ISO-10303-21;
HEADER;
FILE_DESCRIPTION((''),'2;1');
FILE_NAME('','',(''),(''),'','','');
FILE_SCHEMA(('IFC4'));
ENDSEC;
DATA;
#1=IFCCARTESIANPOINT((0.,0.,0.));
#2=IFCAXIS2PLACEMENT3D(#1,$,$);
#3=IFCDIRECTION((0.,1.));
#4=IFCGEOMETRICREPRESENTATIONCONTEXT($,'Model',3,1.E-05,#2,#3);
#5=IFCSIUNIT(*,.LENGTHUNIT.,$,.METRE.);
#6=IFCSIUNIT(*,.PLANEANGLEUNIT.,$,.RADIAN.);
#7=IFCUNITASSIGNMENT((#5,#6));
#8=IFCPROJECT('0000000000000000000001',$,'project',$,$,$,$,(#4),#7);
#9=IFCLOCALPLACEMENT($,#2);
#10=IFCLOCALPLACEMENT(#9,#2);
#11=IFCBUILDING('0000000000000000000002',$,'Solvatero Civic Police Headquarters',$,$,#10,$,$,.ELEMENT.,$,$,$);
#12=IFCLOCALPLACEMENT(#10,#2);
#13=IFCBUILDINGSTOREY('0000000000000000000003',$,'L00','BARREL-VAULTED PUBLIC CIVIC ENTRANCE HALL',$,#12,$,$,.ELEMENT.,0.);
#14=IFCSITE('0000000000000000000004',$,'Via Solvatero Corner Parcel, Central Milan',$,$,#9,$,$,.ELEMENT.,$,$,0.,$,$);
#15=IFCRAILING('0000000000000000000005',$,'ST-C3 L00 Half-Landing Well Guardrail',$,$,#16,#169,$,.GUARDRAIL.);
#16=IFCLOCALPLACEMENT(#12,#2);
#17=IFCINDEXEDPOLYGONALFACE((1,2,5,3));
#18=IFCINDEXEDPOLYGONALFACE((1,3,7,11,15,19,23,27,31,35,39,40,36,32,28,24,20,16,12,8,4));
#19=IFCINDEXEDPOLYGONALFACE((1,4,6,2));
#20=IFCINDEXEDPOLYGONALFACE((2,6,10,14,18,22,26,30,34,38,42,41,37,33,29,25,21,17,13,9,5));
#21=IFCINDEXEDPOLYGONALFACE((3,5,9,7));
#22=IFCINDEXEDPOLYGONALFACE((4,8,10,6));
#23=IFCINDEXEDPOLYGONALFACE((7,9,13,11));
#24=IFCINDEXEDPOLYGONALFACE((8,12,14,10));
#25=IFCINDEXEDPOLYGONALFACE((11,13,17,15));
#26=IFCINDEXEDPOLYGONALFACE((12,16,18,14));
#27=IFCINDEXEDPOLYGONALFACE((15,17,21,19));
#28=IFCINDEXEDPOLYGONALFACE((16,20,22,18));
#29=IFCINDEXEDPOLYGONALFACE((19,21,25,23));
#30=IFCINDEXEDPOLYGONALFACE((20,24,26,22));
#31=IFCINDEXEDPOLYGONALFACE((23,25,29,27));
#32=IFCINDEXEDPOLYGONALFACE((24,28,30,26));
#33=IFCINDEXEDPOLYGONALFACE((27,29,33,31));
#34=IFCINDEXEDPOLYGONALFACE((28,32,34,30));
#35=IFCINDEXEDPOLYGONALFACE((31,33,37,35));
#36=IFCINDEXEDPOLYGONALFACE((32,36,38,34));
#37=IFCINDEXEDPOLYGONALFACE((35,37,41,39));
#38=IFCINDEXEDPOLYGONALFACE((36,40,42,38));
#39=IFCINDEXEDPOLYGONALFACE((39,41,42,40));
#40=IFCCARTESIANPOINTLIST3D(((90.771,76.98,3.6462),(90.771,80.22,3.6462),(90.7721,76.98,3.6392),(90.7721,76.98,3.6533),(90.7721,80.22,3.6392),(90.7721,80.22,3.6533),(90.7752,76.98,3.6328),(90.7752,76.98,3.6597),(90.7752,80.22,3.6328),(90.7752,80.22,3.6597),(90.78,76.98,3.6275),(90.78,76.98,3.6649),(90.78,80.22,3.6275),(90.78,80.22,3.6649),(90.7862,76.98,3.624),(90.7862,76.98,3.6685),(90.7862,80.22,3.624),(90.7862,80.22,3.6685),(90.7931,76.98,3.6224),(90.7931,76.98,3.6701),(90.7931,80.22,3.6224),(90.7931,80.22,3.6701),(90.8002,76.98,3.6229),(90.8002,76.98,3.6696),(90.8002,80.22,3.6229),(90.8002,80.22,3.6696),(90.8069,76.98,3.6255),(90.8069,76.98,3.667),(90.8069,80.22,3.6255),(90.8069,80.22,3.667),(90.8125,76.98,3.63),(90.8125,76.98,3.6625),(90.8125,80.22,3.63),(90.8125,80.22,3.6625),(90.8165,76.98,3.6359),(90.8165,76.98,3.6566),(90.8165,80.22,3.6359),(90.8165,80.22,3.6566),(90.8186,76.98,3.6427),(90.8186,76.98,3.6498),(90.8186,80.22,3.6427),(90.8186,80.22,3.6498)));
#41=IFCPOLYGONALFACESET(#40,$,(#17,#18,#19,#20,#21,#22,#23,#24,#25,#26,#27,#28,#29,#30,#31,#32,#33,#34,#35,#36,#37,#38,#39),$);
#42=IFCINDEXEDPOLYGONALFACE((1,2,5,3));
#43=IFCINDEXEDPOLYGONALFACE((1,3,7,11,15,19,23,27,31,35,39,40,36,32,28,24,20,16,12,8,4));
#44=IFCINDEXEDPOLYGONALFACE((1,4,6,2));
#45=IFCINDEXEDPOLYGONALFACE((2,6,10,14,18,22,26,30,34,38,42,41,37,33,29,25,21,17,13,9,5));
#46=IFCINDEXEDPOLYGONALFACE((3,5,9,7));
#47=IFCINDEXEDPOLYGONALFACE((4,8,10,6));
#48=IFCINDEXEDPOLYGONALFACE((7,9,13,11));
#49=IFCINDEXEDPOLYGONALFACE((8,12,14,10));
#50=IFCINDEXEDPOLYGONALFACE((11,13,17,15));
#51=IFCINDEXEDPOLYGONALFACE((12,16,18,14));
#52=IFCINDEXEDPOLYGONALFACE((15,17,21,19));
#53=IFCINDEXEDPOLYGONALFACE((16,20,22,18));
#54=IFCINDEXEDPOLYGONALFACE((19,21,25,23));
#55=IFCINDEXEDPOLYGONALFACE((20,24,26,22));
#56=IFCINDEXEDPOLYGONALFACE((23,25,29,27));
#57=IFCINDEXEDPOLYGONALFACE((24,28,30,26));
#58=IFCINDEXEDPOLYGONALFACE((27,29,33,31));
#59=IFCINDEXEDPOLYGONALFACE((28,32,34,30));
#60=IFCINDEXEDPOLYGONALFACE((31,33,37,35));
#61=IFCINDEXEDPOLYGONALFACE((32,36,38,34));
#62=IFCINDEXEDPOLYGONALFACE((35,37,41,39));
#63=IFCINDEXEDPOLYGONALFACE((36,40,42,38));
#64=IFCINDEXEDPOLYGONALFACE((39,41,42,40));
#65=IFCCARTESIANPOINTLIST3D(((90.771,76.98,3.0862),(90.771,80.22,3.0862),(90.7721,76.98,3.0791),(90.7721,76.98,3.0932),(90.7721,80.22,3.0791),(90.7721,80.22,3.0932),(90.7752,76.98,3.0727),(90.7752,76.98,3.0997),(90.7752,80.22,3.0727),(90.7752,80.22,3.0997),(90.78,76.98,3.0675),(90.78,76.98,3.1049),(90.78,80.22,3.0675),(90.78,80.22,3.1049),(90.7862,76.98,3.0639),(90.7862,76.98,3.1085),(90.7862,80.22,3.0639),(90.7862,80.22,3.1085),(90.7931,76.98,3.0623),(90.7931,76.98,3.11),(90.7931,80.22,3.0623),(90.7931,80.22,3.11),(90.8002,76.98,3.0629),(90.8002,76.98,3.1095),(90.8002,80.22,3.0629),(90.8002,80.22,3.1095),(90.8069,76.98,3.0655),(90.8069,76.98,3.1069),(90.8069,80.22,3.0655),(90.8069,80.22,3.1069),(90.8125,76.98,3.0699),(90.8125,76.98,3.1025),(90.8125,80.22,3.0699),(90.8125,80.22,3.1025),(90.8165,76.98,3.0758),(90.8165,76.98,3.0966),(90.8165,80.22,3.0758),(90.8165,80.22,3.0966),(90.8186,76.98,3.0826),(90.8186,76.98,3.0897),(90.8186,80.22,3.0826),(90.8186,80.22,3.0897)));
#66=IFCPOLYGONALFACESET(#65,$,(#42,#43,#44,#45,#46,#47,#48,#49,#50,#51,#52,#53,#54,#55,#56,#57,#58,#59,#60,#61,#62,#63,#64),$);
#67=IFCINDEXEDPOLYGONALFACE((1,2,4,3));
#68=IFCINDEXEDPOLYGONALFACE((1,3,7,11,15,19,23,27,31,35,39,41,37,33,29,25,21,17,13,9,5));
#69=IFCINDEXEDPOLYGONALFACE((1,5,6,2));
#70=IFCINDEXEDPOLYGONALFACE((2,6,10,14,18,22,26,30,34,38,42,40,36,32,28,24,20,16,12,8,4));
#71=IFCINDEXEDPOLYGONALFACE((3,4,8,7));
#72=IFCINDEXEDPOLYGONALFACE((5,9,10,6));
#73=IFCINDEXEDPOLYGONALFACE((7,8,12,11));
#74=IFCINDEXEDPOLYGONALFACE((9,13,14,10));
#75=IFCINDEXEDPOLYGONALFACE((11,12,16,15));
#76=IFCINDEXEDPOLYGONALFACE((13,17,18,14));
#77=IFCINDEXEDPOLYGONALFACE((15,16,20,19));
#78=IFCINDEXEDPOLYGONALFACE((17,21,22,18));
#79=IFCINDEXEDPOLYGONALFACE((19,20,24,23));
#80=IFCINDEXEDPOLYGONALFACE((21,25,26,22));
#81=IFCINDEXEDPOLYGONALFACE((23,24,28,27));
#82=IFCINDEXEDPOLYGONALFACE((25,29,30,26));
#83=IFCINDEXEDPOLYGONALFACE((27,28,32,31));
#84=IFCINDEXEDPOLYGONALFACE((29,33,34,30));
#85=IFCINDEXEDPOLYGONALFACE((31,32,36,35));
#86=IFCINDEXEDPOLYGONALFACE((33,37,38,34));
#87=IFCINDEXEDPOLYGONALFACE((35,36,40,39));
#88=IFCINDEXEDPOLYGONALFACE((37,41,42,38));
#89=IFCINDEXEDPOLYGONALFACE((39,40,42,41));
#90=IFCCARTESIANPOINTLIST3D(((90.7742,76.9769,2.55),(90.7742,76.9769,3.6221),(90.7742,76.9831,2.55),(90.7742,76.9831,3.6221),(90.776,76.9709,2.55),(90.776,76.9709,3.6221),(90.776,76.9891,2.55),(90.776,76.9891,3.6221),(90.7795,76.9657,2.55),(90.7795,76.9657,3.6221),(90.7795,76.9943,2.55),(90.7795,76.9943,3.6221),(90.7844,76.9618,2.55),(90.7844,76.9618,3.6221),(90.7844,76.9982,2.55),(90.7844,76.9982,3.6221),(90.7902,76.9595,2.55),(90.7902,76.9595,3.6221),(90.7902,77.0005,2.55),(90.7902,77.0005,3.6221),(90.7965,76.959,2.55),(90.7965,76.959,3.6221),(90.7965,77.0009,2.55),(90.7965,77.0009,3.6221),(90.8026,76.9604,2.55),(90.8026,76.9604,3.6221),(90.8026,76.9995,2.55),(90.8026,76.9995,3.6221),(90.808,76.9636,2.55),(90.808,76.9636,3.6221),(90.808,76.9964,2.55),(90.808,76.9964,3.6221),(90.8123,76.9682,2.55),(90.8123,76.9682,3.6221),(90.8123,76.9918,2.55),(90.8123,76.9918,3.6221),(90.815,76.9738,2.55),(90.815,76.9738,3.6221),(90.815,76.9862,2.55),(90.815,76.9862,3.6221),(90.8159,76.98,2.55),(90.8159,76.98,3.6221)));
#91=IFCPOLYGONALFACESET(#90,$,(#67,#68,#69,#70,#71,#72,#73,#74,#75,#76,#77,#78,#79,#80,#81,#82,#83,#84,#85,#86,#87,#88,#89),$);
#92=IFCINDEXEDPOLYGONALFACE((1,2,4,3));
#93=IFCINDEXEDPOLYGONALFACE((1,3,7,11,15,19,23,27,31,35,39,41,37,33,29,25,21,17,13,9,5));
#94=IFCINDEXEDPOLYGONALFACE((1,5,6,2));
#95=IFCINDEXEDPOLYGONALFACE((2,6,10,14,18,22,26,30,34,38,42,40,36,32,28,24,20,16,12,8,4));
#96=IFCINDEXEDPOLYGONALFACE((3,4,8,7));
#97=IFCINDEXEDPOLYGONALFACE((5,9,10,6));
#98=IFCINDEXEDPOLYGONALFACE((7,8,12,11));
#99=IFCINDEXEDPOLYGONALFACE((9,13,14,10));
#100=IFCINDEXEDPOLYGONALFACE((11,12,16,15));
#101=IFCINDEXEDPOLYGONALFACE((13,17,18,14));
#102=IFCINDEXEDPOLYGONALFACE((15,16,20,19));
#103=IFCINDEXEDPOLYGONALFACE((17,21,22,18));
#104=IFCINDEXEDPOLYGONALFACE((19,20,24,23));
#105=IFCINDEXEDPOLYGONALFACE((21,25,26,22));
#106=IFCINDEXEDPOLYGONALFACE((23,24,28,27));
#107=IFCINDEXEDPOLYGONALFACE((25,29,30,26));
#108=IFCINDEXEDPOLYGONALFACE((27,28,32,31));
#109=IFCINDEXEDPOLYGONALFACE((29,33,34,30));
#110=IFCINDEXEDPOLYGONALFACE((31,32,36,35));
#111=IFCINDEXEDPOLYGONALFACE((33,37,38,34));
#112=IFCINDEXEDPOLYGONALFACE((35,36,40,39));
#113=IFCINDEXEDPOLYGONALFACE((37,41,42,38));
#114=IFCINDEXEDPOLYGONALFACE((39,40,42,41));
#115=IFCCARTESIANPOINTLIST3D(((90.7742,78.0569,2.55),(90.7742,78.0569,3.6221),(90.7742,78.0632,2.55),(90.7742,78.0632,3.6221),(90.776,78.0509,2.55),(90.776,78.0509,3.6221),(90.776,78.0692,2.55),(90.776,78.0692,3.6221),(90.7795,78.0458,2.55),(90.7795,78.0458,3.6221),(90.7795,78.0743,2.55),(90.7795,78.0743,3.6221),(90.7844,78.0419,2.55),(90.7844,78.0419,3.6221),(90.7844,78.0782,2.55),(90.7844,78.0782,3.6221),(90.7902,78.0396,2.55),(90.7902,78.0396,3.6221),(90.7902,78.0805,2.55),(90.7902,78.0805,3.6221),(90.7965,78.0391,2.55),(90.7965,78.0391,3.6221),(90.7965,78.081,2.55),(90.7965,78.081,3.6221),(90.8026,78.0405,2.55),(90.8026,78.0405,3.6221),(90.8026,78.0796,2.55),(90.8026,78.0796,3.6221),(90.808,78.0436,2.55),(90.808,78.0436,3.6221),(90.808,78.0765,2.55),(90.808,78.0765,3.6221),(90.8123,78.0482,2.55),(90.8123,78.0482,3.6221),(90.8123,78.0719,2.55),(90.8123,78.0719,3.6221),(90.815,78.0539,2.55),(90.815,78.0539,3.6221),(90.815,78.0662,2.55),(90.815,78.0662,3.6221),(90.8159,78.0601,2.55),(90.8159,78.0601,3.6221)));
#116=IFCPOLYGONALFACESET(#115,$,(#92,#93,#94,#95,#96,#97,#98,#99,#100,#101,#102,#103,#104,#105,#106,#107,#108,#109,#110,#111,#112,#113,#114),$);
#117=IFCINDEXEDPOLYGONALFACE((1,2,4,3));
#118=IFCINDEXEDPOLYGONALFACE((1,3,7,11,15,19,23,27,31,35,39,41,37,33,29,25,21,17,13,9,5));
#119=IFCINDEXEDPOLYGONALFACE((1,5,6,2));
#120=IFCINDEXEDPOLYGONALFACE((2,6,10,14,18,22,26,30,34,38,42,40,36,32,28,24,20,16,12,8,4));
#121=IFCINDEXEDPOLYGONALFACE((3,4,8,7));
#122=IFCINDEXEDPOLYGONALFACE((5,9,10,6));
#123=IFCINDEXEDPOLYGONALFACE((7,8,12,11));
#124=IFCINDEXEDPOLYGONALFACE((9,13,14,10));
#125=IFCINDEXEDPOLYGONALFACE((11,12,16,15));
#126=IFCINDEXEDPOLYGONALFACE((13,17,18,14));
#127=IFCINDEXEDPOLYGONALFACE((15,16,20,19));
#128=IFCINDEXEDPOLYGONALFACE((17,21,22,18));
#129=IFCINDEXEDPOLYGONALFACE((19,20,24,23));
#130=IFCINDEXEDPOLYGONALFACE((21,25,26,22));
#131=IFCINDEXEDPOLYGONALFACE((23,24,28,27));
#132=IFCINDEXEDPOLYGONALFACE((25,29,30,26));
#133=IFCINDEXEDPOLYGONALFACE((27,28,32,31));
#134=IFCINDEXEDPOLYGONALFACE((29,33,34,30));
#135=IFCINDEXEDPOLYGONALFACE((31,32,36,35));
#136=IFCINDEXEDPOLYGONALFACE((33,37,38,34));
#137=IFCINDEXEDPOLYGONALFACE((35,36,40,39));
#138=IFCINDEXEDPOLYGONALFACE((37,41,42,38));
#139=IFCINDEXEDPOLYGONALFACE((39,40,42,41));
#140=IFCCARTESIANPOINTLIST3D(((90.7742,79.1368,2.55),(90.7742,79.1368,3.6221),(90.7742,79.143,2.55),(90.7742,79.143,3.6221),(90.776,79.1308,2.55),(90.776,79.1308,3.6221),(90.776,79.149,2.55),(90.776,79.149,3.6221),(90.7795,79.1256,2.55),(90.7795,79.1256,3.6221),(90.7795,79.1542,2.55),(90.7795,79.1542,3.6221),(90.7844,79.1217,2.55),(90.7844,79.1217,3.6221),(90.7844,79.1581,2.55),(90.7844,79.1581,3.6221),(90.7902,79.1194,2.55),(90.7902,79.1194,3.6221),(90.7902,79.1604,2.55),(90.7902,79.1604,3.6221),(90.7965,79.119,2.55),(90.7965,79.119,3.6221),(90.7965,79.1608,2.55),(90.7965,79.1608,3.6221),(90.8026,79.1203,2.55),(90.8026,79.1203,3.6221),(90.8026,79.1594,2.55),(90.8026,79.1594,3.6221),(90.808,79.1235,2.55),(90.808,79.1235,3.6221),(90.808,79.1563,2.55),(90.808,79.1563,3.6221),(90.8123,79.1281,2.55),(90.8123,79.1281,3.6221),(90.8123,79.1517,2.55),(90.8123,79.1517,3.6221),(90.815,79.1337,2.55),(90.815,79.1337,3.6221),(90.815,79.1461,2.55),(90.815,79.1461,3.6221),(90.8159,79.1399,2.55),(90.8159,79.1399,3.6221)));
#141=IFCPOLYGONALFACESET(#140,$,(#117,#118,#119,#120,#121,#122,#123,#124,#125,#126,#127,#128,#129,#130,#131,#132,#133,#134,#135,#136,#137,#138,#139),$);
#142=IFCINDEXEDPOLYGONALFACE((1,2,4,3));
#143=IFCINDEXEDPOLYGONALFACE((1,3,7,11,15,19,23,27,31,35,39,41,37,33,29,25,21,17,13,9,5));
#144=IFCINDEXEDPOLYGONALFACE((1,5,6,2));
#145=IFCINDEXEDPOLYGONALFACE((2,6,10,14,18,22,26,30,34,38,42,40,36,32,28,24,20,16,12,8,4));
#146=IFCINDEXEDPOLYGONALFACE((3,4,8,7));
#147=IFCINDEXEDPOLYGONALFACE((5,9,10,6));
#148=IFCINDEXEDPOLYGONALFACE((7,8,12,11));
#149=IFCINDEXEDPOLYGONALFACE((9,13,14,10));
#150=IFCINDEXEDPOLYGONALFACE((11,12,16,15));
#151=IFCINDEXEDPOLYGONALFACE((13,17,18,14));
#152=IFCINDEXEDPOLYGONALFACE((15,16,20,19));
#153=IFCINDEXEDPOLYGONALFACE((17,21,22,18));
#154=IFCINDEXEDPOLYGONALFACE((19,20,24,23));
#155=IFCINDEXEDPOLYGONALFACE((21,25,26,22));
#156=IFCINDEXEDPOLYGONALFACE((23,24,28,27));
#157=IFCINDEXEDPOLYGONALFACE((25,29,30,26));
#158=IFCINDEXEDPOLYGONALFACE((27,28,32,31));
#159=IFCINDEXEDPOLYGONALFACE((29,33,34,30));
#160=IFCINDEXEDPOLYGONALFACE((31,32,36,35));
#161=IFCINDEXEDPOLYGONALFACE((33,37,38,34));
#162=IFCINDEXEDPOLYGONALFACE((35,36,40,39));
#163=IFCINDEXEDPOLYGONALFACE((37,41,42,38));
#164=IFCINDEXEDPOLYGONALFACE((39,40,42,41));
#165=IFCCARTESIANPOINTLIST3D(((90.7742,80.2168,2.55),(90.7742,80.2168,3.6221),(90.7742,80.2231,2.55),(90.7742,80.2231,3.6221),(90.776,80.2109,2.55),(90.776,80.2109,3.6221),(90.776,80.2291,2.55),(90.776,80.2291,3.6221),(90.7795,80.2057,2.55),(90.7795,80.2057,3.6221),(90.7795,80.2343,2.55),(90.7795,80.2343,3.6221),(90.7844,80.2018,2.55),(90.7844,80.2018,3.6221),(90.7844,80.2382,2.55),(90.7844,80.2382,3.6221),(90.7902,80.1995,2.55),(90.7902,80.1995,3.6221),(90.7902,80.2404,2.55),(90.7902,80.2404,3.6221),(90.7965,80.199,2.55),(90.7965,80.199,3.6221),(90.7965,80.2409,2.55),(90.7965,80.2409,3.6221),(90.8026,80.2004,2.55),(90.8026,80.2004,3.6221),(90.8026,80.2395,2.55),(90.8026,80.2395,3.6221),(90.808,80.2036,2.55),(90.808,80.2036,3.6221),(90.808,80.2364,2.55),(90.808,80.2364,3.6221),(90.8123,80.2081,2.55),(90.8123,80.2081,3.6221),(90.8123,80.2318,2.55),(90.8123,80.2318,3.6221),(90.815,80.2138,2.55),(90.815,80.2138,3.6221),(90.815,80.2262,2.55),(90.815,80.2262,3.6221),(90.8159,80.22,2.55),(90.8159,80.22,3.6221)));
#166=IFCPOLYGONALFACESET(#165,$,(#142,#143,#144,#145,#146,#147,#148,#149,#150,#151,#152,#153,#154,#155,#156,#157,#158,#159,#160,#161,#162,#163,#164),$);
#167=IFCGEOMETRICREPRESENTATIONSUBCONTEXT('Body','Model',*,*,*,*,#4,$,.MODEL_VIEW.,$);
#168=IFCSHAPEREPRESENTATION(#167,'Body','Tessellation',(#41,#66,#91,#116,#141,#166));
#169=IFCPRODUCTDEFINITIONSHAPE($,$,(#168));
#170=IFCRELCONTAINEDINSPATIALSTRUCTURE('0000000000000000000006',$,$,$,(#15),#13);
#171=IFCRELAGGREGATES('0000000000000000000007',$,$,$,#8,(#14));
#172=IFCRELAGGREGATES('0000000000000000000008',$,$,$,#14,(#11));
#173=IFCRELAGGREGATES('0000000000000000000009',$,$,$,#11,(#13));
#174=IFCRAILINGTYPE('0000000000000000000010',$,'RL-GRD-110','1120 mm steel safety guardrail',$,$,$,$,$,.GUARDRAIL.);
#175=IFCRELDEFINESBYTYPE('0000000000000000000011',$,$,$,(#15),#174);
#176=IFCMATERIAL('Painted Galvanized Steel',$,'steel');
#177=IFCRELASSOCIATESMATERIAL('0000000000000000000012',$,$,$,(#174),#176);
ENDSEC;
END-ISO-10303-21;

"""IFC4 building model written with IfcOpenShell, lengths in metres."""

from ifc_helpers import new_model, si_unit, direction, frame, origin, origin_2d, place, context, subcontext, project, spatial, circle, extrude, material, type_object, element, save


model = new_model("IFC4")

# Units and contexts
model_context = context("Model", 3, precision=1e-05, world=origin(), true_north=direction((0.0, 1.0)))
body_context = subcontext(model_context, "Body", "Model", "MODEL_VIEW")
ifc_project = project(units=[si_unit("LENGTHUNIT", "METRE"), si_unit("PLANEANGLEUNIT", "RADIAN")], contexts=[model_context])

# Site, building, storey
site_placement = place(None, origin())
site = spatial("IfcSite", under=ifc_project, at=site_placement, Name="Via Solvatero Corner Parcel, Central Milan", CompositionType="ELEMENT", RefElevation=0.0)
building_placement = place(site_placement, origin())
building = spatial("IfcBuilding", under=site, at=building_placement, Name="Solvatero Civic Police Headquarters", CompositionType="ELEMENT")
storey_placement = place(building_placement, origin())
storey = spatial("IfcBuildingStorey", under=building, at=storey_placement, Name="L00", Description="BARREL-VAULTED PUBLIC CIVIC ENTRANCE HALL", CompositionType="ELEMENT", Elevation=0.0)

# Railing
ifc_material_1 = material(Name="Painted Galvanized Steel", Category="steel")
railing_type_1 = type_object("IfcRailingType", Name="RL-GRD-110", Description="1120 mm steel safety guardrail", PredefinedType="GUARDRAIL", material=ifc_material_1)
railing_1_placement = place(storey_placement, frame((90.7949, 76.98, 2.55)))
element("IfcRailing", 1, at=railing_1_placement, inside=storey, type_object=railing_type_1, Name="ST-C3 L00 Half-Landing Well Guardrail", PredefinedType="GUARDRAIL", context=body_context, shape_type="SweptSolid", body=[
    extrude(circle(Radius=0.0239, at=origin_2d()), frame((0.0, 0.0, 1.0962), z_axis=(0.0, 1.0, 0.0), x_axis=(-1.0, 0.0, 0.0)), (0.0, 0.0, 1.0), 3.24),
    extrude(circle(Radius=0.0239, at=origin_2d()), frame((0.0, 0.0, 0.5361), z_axis=(0.0, 1.0, 0.0), x_axis=(-1.0, 0.0, 0.0)), (0.0, 0.0, 1.0), 3.24),
    extrude(circle(Radius=0.021, at=origin_2d()), origin(), (0.0, 0.0, 1.0), 1.072),
    extrude(circle(Radius=0.021, at=origin_2d()), frame((0.0, 1.0801, 0.0)), (0.0, 0.0, 1.0), 1.072),
    extrude(circle(Radius=0.021, at=origin_2d()), frame((0.0, 2.1599, 0.0)), (0.0, 0.0, 1.0), 1.072),
    extrude(circle(Radius=0.021, at=origin_2d()), frame((0.0, 3.24, 0.0)), (0.0, 0.0, 1.0), 1.072),
])

save(model, "model.ifc")
